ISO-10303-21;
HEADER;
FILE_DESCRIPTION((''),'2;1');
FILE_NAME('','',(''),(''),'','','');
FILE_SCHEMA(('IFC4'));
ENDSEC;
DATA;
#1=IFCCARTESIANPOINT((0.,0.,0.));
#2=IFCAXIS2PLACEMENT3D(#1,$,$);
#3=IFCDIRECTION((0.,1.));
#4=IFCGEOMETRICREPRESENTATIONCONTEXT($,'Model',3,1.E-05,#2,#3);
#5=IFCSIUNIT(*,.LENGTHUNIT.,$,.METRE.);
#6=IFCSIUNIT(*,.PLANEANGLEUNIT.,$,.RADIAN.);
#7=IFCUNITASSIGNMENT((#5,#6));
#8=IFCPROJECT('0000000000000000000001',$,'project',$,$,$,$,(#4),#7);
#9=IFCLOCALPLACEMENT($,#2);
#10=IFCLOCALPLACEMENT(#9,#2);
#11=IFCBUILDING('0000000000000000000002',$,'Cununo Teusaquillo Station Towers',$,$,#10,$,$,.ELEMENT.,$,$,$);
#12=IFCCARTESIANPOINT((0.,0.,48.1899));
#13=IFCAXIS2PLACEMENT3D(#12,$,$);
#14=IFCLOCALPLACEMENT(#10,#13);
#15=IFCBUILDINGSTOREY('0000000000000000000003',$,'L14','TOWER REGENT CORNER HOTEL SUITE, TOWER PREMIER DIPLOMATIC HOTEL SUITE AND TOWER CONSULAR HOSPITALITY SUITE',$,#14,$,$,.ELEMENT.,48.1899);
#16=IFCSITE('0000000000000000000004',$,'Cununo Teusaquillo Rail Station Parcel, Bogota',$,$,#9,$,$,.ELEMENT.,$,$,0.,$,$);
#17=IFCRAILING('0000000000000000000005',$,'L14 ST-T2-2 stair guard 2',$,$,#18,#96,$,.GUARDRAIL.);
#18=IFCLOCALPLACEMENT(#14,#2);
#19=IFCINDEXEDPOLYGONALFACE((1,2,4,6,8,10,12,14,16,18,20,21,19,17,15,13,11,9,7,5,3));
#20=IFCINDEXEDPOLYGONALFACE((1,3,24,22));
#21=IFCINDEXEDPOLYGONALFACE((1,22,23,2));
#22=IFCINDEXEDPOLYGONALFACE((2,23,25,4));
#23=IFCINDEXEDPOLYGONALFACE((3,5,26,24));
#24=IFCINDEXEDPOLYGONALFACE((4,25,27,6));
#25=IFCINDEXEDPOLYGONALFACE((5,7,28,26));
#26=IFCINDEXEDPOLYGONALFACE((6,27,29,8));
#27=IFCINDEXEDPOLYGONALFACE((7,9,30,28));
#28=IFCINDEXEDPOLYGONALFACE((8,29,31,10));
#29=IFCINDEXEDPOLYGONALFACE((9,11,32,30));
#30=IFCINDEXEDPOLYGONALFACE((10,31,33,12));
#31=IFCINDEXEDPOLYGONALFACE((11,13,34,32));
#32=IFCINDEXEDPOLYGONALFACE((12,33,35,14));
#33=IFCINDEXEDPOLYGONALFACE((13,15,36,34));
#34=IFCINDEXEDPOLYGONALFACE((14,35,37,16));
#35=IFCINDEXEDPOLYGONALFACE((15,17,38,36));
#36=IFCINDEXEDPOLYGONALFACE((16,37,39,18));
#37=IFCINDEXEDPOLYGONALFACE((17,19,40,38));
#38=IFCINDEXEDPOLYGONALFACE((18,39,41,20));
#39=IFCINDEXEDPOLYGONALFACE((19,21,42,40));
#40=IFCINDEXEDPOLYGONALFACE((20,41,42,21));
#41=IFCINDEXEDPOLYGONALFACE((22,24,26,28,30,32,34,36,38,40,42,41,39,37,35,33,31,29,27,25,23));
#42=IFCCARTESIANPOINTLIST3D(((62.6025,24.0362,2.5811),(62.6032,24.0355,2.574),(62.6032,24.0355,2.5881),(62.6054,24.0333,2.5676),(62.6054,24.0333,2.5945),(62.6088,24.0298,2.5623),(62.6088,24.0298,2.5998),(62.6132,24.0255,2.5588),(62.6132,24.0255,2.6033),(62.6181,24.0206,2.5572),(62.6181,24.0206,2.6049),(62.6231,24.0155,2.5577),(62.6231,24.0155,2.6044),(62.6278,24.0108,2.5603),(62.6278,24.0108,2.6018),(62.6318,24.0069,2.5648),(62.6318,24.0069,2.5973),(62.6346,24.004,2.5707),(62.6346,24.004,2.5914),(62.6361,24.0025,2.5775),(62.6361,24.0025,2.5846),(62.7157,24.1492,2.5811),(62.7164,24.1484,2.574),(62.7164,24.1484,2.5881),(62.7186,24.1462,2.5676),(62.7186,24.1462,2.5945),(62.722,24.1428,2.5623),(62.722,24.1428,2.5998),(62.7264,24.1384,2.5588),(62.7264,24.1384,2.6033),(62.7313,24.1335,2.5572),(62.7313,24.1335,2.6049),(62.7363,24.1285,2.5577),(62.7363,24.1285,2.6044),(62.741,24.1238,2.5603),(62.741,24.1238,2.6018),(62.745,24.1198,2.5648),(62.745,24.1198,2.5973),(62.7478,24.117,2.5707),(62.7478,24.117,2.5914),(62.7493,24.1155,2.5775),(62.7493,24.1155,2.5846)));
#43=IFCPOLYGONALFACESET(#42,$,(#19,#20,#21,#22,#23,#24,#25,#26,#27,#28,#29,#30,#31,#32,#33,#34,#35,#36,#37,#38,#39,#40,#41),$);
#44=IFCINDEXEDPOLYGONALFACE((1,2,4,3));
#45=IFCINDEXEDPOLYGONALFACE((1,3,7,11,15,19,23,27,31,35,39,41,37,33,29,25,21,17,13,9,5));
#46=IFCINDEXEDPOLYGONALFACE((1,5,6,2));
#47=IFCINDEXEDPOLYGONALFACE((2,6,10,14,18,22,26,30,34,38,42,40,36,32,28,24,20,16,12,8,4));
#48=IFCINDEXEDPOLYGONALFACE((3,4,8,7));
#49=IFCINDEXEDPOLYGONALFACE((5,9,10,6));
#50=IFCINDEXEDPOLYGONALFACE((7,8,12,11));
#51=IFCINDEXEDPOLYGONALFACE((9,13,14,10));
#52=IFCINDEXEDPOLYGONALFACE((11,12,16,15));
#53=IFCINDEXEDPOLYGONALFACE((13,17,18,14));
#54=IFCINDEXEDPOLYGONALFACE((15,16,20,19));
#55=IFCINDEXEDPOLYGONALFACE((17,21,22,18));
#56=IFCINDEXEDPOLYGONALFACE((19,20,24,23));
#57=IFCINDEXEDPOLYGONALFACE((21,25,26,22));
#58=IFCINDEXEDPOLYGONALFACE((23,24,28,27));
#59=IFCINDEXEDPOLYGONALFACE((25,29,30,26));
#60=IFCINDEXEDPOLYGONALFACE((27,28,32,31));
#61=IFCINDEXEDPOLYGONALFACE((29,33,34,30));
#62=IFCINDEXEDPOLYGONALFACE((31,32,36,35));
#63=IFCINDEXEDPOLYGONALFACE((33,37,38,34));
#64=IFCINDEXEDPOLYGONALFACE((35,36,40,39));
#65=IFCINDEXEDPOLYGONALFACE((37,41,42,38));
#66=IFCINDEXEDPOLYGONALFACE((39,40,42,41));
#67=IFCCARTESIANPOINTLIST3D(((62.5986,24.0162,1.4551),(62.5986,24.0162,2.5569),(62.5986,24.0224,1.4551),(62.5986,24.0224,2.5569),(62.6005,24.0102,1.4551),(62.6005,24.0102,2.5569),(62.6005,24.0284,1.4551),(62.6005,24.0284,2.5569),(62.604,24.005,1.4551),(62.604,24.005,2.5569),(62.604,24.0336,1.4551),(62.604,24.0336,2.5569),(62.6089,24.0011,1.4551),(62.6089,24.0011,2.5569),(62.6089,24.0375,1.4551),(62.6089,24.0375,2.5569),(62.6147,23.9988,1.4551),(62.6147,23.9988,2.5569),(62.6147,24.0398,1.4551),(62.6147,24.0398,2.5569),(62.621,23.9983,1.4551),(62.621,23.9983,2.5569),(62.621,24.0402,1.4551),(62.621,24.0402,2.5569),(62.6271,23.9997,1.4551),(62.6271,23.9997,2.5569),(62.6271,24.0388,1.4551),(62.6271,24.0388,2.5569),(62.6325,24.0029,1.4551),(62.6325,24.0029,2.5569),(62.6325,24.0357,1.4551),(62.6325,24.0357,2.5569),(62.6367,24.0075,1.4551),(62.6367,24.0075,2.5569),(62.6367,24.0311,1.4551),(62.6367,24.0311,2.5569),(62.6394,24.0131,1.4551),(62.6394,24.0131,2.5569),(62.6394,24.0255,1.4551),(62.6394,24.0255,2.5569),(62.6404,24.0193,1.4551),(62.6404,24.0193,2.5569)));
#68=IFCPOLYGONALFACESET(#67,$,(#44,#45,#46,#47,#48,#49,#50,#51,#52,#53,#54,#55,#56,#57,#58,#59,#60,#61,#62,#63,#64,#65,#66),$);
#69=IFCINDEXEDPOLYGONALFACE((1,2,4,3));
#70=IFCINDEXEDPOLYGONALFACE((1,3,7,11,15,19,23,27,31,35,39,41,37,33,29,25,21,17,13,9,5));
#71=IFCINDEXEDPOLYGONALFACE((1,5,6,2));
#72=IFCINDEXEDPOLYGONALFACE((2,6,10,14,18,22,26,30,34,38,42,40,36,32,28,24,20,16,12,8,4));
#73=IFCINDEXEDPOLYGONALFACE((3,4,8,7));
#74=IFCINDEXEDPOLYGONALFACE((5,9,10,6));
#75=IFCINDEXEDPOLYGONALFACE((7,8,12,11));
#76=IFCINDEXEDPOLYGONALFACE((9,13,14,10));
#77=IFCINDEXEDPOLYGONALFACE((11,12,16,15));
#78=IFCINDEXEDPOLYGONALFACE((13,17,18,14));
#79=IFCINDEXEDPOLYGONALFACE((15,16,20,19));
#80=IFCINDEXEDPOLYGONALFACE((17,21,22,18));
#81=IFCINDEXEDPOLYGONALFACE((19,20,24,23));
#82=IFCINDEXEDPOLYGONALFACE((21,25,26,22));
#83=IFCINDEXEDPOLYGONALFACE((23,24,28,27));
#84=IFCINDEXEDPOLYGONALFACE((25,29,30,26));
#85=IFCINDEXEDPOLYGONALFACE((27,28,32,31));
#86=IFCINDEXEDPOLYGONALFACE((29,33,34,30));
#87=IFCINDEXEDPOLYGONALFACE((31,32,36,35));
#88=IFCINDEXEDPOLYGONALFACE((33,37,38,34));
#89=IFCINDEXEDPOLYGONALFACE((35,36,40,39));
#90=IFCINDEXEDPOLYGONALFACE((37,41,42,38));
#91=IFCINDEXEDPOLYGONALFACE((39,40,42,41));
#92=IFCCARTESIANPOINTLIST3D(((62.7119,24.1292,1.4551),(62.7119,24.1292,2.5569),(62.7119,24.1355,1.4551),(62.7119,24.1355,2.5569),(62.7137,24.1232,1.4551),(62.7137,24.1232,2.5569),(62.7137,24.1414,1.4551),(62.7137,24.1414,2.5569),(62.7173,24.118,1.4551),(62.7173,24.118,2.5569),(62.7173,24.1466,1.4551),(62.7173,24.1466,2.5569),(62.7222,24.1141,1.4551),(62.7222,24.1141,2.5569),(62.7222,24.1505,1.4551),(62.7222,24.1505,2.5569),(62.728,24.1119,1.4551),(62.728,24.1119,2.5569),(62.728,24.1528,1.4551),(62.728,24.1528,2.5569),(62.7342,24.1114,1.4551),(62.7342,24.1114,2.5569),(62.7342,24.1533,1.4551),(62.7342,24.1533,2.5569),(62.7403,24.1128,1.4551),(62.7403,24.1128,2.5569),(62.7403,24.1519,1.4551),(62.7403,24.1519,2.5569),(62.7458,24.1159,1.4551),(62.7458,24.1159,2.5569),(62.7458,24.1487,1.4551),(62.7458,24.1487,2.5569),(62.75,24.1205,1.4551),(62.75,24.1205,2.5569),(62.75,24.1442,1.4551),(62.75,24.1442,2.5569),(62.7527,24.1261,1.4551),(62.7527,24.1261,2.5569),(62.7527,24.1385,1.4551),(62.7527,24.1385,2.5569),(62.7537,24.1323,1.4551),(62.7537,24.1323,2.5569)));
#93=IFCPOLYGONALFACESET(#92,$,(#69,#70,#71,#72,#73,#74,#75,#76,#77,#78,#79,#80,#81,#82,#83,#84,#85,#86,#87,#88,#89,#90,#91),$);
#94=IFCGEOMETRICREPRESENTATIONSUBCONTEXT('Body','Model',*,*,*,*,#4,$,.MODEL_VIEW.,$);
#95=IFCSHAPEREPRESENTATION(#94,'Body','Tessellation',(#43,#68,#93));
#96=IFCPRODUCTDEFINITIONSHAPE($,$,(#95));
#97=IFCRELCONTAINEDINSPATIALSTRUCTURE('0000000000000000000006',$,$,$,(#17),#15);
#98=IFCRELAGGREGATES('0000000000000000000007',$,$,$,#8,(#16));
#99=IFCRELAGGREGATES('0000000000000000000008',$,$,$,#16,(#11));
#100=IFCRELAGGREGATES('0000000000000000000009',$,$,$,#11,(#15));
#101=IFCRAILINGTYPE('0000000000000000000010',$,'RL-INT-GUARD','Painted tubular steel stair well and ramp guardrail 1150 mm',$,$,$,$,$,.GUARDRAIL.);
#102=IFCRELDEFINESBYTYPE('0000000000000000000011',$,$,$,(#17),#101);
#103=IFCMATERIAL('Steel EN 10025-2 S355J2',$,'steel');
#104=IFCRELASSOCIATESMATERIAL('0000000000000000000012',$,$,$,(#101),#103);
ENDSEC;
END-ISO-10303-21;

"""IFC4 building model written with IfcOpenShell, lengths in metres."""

from ifc_helpers import new_model, si_unit, direction, frame, origin, origin_2d, place, context, subcontext, project, spatial, circle, extrude, material, type_object, element, save


model = new_model("IFC4")

# Units and contexts
model_context = context("Model", 3, precision=1e-05, world=origin(), true_north=direction((0.0, 1.0)))
body_context = subcontext(model_context, "Body", "Model", "MODEL_VIEW")
ifc_project = project(units=[si_unit("LENGTHUNIT", "METRE"), si_unit("PLANEANGLEUNIT", "RADIAN")], contexts=[model_context])

# Site, building, storey
site_placement = place(None, origin())
site = spatial("IfcSite", under=ifc_project, at=site_placement, Name="Cununo Teusaquillo Rail Station Parcel, Bogota", CompositionType="ELEMENT", RefElevation=0.0)
building_placement = place(site_placement, origin())
building = spatial("IfcBuilding", under=site, at=building_placement, Name="Cununo Teusaquillo Station Towers", CompositionType="ELEMENT")
storey_placement = place(building_placement, frame((0.0, 0.0, 48.1899)))
storey = spatial("IfcBuildingStorey", under=building, at=storey_placement, Name="L14", Description="TOWER REGENT CORNER HOTEL SUITE, TOWER PREMIER DIPLOMATIC HOTEL SUITE AND TOWER CONSULAR HOSPITALITY SUITE", CompositionType="ELEMENT", Elevation=48.1899)

# Railing
ifc_material_1 = material(Name="Steel EN 10025-2 S355J2", Category="steel")
railing_type_1 = type_object("IfcRailingType", Name="RL-INT-GUARD", Description="Painted tubular steel stair well and ramp guardrail 1150 mm", PredefinedType="GUARDRAIL", material=ifc_material_1)
railing_1_placement = place(storey_placement, frame((62.6194, 24.0193, 1.4551)))
element("IfcRailing", 1, at=railing_1_placement, inside=storey, type_object=railing_type_1, Name="L14 ST-T2-2 stair guard 2", PredefinedType="GUARDRAIL", context=body_context, shape_type="SweptSolid", body=[
    extrude(circle(Radius=0.0239, at=origin_2d()), frame((0.0, 0.0, 1.126), z_axis=(0.707869, 0.706344, 0.0), x_axis=(-0.706344, 0.707869, 0.0)), (0.0, 0.0, 1.0), 0.1599),
    extrude(circle(Radius=0.021, at=origin_2d()), origin(), (0.0, 0.0, 1.0), 1.1018),
    extrude(circle(Radius=0.021, at=origin_2d()), frame((0.1133, 0.113, 0.0)), (0.0, 0.0, 1.0), 1.1018),
])

save(model, "model.ifc")
